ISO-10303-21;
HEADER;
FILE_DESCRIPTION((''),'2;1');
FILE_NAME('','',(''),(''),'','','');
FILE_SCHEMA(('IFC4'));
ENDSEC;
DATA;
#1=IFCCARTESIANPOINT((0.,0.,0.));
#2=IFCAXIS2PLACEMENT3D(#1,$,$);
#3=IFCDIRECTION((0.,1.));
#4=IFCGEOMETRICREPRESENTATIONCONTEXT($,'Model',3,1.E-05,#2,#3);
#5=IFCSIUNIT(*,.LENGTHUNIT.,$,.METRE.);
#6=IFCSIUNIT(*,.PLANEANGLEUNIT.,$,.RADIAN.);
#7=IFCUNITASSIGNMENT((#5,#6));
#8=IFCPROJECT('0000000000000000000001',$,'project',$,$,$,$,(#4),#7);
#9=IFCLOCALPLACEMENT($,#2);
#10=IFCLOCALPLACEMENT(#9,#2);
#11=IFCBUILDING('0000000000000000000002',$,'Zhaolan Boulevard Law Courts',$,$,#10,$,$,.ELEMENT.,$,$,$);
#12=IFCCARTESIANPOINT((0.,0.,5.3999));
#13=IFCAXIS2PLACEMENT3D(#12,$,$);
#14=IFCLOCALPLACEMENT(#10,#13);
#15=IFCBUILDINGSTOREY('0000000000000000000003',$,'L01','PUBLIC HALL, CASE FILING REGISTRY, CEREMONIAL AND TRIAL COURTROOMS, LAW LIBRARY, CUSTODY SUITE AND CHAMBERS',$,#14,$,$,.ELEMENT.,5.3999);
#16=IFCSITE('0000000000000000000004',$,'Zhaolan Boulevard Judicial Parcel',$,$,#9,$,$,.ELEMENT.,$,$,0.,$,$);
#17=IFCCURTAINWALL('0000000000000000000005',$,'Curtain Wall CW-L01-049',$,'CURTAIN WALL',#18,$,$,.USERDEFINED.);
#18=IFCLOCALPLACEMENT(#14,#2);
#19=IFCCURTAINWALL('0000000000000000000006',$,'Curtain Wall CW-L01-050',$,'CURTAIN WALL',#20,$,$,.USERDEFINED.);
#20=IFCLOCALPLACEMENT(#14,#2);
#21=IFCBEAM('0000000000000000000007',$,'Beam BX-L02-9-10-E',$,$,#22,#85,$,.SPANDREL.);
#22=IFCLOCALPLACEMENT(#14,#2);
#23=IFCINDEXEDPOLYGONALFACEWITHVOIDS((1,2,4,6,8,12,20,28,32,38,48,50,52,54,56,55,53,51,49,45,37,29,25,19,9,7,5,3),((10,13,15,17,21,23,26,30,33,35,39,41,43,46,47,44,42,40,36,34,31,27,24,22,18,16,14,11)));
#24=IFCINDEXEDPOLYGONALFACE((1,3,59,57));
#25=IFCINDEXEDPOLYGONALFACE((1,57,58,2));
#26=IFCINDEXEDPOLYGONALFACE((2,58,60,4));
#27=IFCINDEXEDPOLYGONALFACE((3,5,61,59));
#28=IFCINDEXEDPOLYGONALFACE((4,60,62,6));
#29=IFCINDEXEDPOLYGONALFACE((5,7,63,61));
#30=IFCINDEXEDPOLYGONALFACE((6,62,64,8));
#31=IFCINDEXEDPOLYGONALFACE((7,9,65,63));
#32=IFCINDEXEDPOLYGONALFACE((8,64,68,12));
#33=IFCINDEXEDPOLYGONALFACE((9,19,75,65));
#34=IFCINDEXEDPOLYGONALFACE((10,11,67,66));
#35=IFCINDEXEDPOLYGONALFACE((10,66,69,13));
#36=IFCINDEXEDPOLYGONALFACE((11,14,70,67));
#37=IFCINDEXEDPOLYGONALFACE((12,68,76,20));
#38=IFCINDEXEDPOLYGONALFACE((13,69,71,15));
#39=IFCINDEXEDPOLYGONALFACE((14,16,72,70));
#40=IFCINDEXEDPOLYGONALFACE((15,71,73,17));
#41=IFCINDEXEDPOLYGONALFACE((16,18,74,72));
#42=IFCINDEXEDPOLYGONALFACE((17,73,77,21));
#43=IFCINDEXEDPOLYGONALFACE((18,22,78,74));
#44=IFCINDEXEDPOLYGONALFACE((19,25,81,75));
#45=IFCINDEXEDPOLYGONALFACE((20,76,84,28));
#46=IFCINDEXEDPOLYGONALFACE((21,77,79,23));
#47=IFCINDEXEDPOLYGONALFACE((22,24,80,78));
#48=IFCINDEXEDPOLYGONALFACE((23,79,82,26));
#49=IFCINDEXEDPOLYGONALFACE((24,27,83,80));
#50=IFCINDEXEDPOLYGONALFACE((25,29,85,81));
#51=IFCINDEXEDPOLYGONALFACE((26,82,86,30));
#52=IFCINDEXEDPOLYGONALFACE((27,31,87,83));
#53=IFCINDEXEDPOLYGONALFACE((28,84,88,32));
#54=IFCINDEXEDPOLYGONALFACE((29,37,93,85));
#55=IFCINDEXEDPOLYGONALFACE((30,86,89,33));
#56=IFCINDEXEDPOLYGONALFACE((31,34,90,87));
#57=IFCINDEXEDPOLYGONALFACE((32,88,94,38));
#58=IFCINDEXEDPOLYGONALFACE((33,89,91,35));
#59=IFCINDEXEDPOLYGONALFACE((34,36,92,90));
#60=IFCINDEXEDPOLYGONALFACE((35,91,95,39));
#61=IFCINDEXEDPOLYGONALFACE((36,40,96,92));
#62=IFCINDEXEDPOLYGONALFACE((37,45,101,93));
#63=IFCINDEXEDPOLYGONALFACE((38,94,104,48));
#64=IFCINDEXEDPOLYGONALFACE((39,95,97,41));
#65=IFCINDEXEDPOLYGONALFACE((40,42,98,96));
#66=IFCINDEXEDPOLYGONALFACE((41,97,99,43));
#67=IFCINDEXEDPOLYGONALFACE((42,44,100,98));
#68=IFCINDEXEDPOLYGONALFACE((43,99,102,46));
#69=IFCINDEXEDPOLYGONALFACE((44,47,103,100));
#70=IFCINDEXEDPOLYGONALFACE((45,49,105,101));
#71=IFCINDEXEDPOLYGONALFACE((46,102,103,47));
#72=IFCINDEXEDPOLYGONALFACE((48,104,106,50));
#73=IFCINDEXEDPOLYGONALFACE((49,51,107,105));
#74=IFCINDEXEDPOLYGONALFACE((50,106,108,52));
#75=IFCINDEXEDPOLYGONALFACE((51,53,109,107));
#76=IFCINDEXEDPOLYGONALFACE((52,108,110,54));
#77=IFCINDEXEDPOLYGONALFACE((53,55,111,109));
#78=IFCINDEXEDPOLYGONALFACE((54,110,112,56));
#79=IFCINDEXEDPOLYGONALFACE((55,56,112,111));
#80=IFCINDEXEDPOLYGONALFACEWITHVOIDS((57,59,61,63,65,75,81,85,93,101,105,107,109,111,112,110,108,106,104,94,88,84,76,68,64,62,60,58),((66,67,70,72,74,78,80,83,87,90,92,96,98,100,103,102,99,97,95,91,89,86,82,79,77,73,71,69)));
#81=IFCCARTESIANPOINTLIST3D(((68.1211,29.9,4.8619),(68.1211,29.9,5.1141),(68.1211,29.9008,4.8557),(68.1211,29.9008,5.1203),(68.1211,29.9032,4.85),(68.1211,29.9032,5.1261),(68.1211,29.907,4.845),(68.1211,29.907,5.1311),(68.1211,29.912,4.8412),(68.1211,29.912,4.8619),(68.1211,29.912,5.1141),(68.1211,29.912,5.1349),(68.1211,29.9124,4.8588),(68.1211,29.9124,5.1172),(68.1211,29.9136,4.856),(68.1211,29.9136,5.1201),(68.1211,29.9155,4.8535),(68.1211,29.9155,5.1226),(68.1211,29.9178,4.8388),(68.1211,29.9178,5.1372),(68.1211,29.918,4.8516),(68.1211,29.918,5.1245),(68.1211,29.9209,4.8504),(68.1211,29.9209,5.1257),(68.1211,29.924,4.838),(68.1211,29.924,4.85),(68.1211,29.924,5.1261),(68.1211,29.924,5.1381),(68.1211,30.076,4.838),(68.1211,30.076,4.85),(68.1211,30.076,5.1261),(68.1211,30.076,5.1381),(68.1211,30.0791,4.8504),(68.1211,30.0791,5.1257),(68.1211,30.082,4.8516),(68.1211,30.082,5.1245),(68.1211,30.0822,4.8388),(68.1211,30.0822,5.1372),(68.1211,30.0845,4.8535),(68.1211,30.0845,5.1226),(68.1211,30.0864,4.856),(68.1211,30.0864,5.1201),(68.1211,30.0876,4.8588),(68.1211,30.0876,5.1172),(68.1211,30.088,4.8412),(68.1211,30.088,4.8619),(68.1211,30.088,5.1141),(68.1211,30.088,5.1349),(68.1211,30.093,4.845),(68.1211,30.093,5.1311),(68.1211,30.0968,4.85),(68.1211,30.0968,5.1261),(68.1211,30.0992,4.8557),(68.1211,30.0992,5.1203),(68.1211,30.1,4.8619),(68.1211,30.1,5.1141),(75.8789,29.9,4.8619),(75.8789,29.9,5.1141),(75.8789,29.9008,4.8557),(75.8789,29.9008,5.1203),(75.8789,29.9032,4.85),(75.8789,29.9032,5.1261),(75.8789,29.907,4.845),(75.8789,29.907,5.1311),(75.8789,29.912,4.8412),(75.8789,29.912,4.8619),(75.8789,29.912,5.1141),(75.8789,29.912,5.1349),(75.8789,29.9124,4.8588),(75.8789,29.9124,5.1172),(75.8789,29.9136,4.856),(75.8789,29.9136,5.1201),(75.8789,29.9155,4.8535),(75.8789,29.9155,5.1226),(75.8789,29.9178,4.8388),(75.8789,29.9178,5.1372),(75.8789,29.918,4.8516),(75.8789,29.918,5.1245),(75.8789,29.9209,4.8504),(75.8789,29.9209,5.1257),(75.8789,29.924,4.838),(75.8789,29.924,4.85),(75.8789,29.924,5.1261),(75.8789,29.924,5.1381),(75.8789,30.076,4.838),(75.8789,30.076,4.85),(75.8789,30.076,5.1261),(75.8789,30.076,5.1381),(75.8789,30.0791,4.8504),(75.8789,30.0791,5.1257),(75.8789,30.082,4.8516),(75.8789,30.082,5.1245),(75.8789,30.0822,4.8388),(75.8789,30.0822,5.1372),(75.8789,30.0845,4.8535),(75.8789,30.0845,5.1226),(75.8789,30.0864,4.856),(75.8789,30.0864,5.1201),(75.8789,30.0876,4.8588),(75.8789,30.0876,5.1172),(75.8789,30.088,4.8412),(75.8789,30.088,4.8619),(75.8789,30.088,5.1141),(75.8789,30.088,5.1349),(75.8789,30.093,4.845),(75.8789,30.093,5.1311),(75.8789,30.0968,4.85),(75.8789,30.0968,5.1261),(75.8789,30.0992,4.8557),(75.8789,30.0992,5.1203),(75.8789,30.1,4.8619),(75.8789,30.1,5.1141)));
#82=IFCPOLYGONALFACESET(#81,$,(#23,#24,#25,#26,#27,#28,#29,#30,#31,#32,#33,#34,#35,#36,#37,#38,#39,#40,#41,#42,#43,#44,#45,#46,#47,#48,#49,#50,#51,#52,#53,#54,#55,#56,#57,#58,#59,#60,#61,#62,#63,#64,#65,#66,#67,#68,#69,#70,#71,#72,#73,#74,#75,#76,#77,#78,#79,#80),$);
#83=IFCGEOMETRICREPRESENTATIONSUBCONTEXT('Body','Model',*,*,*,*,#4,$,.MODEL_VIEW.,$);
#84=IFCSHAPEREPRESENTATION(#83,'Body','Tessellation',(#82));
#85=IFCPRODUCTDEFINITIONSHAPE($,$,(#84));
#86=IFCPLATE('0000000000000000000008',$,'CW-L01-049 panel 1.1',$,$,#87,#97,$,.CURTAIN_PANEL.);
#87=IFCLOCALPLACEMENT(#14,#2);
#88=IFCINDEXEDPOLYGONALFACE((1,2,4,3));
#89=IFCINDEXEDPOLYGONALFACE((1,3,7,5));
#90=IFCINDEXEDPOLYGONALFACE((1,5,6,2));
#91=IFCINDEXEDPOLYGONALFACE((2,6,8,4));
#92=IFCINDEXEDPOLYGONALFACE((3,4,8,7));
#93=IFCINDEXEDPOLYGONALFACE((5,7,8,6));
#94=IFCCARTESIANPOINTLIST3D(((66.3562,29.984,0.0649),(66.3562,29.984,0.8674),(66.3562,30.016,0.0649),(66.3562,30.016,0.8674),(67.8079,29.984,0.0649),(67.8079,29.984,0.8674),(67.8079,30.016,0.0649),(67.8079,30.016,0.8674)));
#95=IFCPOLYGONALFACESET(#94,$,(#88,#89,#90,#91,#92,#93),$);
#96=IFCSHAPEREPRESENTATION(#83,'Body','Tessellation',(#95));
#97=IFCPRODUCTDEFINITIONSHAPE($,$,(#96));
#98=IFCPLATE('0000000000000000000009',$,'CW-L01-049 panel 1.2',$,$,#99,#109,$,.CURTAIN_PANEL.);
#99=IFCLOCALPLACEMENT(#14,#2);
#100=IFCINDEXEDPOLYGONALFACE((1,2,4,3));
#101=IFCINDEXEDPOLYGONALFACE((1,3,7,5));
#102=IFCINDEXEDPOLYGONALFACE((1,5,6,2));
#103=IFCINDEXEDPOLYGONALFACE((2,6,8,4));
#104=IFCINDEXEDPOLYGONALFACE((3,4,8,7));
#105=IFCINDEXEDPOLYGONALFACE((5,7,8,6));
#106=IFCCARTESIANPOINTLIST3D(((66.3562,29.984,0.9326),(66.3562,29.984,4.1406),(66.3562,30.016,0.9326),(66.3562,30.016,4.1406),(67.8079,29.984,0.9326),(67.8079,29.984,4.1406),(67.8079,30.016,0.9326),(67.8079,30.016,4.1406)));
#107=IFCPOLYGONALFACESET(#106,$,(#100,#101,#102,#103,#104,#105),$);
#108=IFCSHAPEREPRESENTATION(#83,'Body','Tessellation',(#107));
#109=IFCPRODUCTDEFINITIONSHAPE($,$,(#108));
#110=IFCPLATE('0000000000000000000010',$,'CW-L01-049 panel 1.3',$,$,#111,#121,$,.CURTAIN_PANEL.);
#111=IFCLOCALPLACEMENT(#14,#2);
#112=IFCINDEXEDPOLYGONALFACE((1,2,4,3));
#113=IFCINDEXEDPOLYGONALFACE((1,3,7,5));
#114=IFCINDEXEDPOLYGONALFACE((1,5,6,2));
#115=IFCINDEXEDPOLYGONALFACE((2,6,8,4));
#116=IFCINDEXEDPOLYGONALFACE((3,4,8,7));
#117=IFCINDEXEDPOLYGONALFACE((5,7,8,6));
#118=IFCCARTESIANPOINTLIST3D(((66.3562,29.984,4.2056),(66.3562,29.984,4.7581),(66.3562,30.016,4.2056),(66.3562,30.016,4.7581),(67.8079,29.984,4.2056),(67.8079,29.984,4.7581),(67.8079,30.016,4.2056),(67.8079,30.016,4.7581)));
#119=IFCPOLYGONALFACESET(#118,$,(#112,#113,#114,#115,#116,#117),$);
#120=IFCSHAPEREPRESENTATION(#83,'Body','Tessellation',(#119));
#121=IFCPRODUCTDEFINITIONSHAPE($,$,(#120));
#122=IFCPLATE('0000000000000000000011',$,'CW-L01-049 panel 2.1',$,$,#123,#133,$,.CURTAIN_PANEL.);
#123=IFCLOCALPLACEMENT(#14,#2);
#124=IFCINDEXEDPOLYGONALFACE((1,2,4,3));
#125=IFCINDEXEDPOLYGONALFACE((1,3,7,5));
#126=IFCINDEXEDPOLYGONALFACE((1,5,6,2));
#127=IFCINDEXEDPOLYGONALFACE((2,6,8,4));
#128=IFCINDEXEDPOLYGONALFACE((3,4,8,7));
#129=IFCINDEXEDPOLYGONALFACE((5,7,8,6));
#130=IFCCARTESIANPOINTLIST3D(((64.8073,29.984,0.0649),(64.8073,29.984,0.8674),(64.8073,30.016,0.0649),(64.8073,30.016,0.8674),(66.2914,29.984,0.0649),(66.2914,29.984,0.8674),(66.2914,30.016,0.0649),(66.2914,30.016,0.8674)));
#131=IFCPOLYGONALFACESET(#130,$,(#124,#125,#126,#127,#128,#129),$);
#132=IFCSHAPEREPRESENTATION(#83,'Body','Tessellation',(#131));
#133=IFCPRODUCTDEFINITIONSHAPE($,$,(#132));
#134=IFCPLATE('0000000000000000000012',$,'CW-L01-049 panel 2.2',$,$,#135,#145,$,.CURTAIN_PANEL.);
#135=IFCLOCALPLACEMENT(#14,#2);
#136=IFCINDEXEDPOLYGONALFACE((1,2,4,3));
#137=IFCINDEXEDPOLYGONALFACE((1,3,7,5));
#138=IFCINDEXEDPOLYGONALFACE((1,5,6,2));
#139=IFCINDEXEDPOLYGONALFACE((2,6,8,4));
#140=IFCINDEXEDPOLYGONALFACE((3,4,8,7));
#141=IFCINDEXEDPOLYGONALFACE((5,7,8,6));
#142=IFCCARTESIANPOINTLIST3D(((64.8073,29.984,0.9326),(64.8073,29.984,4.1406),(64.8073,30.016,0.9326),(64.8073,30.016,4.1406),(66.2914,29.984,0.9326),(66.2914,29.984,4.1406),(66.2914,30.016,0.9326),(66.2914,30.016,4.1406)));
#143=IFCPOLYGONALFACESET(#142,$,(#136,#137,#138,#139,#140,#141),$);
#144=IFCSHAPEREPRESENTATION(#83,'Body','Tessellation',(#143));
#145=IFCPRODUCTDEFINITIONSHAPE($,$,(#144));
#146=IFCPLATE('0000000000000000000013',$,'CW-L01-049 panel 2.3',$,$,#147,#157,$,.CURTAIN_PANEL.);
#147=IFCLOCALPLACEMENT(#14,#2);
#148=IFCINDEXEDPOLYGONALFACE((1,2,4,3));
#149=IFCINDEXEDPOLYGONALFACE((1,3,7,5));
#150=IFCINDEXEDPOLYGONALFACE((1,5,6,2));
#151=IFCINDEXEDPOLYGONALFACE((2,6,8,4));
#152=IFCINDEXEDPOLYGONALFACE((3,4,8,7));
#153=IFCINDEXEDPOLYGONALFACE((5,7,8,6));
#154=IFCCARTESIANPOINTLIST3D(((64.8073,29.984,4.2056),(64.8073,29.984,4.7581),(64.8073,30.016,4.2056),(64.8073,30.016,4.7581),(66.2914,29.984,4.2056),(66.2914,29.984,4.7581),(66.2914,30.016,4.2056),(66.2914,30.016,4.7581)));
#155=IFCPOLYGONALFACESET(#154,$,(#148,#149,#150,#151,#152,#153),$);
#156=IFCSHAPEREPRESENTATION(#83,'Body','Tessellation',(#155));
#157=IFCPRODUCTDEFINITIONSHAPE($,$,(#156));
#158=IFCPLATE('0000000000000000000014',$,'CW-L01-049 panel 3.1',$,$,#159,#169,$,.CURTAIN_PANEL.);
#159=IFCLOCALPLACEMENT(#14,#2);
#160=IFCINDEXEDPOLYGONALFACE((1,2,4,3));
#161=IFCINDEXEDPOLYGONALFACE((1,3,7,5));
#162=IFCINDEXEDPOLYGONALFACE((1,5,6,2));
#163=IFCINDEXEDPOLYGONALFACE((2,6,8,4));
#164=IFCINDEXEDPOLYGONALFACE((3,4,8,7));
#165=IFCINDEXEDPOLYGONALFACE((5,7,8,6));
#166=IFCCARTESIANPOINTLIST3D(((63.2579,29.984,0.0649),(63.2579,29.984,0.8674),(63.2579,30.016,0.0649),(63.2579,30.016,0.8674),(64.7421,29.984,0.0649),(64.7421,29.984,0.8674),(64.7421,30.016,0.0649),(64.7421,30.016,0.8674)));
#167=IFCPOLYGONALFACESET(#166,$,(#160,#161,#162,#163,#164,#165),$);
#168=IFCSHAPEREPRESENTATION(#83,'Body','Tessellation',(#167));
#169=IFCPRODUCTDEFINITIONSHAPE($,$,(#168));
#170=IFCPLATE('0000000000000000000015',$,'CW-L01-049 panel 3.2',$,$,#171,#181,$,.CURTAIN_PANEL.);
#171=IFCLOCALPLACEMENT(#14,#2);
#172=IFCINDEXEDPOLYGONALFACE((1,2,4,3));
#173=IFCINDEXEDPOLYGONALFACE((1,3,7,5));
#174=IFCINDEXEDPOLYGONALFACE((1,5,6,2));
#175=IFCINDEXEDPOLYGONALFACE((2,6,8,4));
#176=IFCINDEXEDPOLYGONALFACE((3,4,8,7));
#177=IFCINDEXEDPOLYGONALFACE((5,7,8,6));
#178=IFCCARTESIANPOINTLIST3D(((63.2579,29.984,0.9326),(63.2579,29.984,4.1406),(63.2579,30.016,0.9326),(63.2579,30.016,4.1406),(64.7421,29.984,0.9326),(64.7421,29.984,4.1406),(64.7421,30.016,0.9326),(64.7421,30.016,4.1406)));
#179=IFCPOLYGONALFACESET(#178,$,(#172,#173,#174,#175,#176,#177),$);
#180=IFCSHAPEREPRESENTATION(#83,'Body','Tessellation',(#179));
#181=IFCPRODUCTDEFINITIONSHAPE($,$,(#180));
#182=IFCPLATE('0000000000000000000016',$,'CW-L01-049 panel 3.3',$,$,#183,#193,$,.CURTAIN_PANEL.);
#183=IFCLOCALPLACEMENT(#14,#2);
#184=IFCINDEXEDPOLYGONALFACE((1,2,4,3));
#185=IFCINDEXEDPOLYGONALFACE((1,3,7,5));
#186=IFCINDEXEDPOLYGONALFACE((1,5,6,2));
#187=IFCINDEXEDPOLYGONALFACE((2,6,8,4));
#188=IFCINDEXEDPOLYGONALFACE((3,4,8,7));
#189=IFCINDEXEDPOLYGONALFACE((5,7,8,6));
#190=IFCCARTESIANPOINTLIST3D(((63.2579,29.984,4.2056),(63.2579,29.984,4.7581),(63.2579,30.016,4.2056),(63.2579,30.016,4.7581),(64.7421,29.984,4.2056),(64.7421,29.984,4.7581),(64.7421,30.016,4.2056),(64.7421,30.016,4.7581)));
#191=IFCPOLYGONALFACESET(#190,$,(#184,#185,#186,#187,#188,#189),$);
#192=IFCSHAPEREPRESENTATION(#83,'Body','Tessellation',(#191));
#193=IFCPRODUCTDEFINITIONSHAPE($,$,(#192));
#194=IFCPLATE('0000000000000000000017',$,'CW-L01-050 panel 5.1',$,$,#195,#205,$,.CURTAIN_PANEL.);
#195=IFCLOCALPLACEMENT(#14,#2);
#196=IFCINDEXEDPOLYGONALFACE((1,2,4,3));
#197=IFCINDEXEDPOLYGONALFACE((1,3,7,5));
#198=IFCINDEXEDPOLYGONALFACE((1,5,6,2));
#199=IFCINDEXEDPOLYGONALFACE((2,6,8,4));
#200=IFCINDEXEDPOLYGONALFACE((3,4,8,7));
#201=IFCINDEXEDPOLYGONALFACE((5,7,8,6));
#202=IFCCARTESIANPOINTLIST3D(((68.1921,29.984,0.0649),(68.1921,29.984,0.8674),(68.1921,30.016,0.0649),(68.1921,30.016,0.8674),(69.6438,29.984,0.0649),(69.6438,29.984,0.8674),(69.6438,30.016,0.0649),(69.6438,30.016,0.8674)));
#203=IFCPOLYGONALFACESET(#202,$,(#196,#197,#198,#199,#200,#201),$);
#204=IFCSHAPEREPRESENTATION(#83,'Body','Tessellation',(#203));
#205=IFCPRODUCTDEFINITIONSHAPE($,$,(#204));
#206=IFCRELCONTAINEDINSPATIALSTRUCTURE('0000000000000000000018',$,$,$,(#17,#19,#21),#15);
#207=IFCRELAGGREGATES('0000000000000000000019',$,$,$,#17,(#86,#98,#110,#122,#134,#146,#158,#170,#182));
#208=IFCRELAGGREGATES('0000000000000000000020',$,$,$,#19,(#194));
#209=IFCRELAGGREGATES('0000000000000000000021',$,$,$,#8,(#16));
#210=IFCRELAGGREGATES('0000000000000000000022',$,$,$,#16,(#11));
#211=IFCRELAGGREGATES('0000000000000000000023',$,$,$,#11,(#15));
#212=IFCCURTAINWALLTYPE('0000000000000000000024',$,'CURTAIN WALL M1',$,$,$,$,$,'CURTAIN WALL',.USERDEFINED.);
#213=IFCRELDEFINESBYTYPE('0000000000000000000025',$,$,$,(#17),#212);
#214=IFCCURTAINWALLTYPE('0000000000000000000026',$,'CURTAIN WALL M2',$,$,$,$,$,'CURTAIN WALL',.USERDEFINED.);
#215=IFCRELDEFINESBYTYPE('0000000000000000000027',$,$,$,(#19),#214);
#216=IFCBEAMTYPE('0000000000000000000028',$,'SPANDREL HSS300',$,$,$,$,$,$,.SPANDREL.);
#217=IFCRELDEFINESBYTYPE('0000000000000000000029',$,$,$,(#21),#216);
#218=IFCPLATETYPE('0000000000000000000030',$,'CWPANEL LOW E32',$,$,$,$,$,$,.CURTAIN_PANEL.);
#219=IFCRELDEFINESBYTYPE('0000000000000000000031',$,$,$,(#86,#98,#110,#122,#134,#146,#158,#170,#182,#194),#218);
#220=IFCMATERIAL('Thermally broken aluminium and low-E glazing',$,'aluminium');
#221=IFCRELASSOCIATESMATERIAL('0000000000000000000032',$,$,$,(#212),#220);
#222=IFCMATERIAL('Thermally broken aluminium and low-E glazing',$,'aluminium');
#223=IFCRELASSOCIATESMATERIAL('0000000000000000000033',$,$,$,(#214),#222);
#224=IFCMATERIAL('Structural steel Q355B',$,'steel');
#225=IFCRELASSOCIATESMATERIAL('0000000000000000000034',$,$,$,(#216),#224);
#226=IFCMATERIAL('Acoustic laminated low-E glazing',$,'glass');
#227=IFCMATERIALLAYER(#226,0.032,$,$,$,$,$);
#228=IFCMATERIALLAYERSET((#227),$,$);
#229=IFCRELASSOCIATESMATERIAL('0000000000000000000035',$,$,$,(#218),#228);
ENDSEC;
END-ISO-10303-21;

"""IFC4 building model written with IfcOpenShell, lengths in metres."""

from ifc_helpers import new_model, si_unit, direction, frame, origin, origin_2d, place, context, subcontext, project, spatial, rectangle, hollow_rectangle, extrude, material, layer, layer_set, material_profile, profile_set, type_object, element, aggregate, save


model = new_model("IFC4")

# Units and contexts
model_context = context("Model", 3, precision=1e-05, world=origin(), true_north=direction((0.0, 1.0)))
body_context = subcontext(model_context, "Body", "Model", "MODEL_VIEW")
ifc_project = project(units=[si_unit("LENGTHUNIT", "METRE"), si_unit("PLANEANGLEUNIT", "RADIAN")], contexts=[model_context])

# Site, building, storey
site_placement = place(None, origin())
site = spatial("IfcSite", under=ifc_project, at=site_placement, Name="Zhaolan Boulevard Judicial Parcel", CompositionType="ELEMENT", RefElevation=0.0)
building_placement = place(site_placement, origin())
building = spatial("IfcBuilding", under=site, at=building_placement, Name="Zhaolan Boulevard Law Courts", CompositionType="ELEMENT")
storey_placement = place(building_placement, frame((0.0, 0.0, 5.3999)))
storey = spatial("IfcBuildingStorey", under=building, at=storey_placement, Name="L01", Description="PUBLIC HALL, CASE FILING REGISTRY, CEREMONIAL AND TRIAL COURTROOMS, LAW LIBRARY, CUSTODY SUITE AND CHAMBERS", CompositionType="ELEMENT", Elevation=5.3999)

# Curtain walls
ifc_material_1 = material(Name="Thermally broken aluminium and low-E glazing", Category="aluminium")
curtain_wall_type_1 = type_object("IfcCurtainWallType", Name="CURTAIN WALL M1", ElementType="CURTAIN WALL", PredefinedType="USERDEFINED", material=ifc_material_1)
curtain_wall_1_placement = place(storey_placement, origin())
curtain_wall_1 = element("IfcCurtainWall", 1, at=curtain_wall_1_placement, inside=storey, type_object=curtain_wall_type_1, Name="Curtain Wall CW-L01-049", ObjectType="CURTAIN WALL", PredefinedType="USERDEFINED")
ifc_material_2 = material(Name="Thermally broken aluminium and low-E glazing", Category="aluminium")
curtain_wall_type_2 = type_object("IfcCurtainWallType", Name="CURTAIN WALL M2", ElementType="CURTAIN WALL", PredefinedType="USERDEFINED", material=ifc_material_2)
curtain_wall_2_placement = place(storey_placement, origin())
curtain_wall_2 = element("IfcCurtainWall", 2, at=curtain_wall_2_placement, inside=storey, type_object=curtain_wall_type_2, Name="Curtain Wall CW-L01-050", ObjectType="CURTAIN WALL", PredefinedType="USERDEFINED")

# Beam
ifc_material_3 = material(Name="Structural steel Q355B", Category="steel")
ifc_material_profile_1 = material_profile(ifc_material_3, hollow_rectangle(XDim=0.2, YDim=0.3, WallThickness=0.012, InnerFilletRadius=0.012, OuterFilletRadius=0.0239, at=origin_2d()), Name="HSS300x200x12")
ifc_profile_set_1 = profile_set([ifc_material_profile_1], Name="Structural steel Q355B")
beam_type = type_object("IfcBeamType", Name="SPANDREL HSS300", PredefinedType="SPANDREL", material=ifc_profile_set_1)
beam_placement = place(storey_placement, frame((68.1211, 30.0, 4.988), z_axis=(1.0, 0.0, 0.0), x_axis=(0.0, 1.0, 0.0)))
element("IfcBeam", 3, at=beam_placement, inside=storey, type_object=beam_type, Name="Beam BX-L02-9-10-E", PredefinedType="SPANDREL", context=body_context, shape_type="SweptSolid", body=[
    extrude(hollow_rectangle(XDim=0.2, YDim=0.3, WallThickness=0.012, InnerFilletRadius=0.012, OuterFilletRadius=0.0239, at=origin_2d()), origin(), (0.0, 0.0, 1.0), 7.7578),
])

# Plates
ifc_material_4 = material(Name="Acoustic laminated low-E glazing", Category="glass")
ifc_layer_1 = layer(ifc_material_4, 0.032)
ifc_layer_set_1 = layer_set([ifc_layer_1])
plate_type_1 = type_object("IfcPlateType", Name="CWPANEL LOW E32", PredefinedType="CURTAIN_PANEL", material=ifc_layer_set_1)
plate_1_placement = place(storey_placement, frame((67.082, 30.0, 0.0649), z_axis=(0.0, 0.0, 1.0), x_axis=(-1.0, 0.0, 0.0)))
plate_1 = element("IfcPlate", 4, at=plate_1_placement, type_object=plate_type_1, Name="CW-L01-049 panel 1.1", PredefinedType="CURTAIN_PANEL", context=body_context, shape_type="SweptSolid", body=[
    extrude(rectangle(XDim=1.4517, YDim=0.032, at=origin_2d()), origin(), (0.0, 0.0, 1.0), 0.8025),
])
plate_2_placement = place(storey_placement, frame((67.082, 30.0, 0.9326), z_axis=(0.0, 0.0, 1.0), x_axis=(-1.0, 0.0, 0.0)))
plate_2 = element("IfcPlate", 5, at=plate_2_placement, type_object=plate_type_1, Name="CW-L01-049 panel 1.2", PredefinedType="CURTAIN_PANEL", context=body_context, shape_type="SweptSolid", body=[
    extrude(rectangle(XDim=1.4517, YDim=0.032, at=origin_2d()), origin(), (0.0, 0.0, 1.0), 3.208),
])
plate_3_placement = place(storey_placement, frame((67.082, 30.0, 4.2056), z_axis=(0.0, 0.0, 1.0), x_axis=(-1.0, 0.0, 0.0)))
plate_3 = element("IfcPlate", 6, at=plate_3_placement, type_object=plate_type_1, Name="CW-L01-049 panel 1.3", PredefinedType="CURTAIN_PANEL", context=body_context, shape_type="SweptSolid", body=[
    extrude(rectangle(XDim=1.4517, YDim=0.032, at=origin_2d()), origin(), (0.0, 0.0, 1.0), 0.5525),
])
plate_4_placement = place(storey_placement, frame((65.5493, 30.0, 0.0649), z_axis=(0.0, 0.0, 1.0), x_axis=(-1.0, 0.0, 0.0)))
plate_4 = element("IfcPlate", 7, at=plate_4_placement, type_object=plate_type_1, Name="CW-L01-049 panel 2.1", PredefinedType="CURTAIN_PANEL", context=body_context, shape_type="SweptSolid", body=[
    extrude(rectangle(XDim=1.4841, YDim=0.032, at=origin_2d()), origin(), (0.0, 0.0, 1.0), 0.8025),
])
plate_5_placement = place(storey_placement, frame((65.5493, 30.0, 0.9326), z_axis=(0.0, 0.0, 1.0), x_axis=(-1.0, 0.0, 0.0)))
plate_5 = element("IfcPlate", 8, at=plate_5_placement, type_object=plate_type_1, Name="CW-L01-049 panel 2.2", PredefinedType="CURTAIN_PANEL", context=body_context, shape_type="SweptSolid", body=[
    extrude(rectangle(XDim=1.4841, YDim=0.032, at=origin_2d()), origin(), (0.0, 0.0, 1.0), 3.208),
])
plate_6_placement = place(storey_placement, frame((65.5493, 30.0, 4.2056), z_axis=(0.0, 0.0, 1.0), x_axis=(-1.0, 0.0, 0.0)))
plate_6 = element("IfcPlate", 9, at=plate_6_placement, type_object=plate_type_1, Name="CW-L01-049 panel 2.3", PredefinedType="CURTAIN_PANEL", context=body_context, shape_type="SweptSolid", body=[
    extrude(rectangle(XDim=1.4841, YDim=0.032, at=origin_2d()), origin(), (0.0, 0.0, 1.0), 0.5525),
])
plate_7_placement = place(storey_placement, frame((64.0, 30.0, 0.0649), z_axis=(0.0, 0.0, 1.0), x_axis=(-1.0, 0.0, 0.0)))
plate_7 = element("IfcPlate", 10, at=plate_7_placement, type_object=plate_type_1, Name="CW-L01-049 panel 3.1", PredefinedType="CURTAIN_PANEL", context=body_context, shape_type="SweptSolid", body=[
    extrude(rectangle(XDim=1.4841, YDim=0.032, at=origin_2d()), origin(), (0.0, 0.0, 1.0), 0.8025),
])
plate_8_placement = place(storey_placement, frame((64.0, 30.0, 0.9326), z_axis=(0.0, 0.0, 1.0), x_axis=(-1.0, 0.0, 0.0)))
plate_8 = element("IfcPlate", 11, at=plate_8_placement, type_object=plate_type_1, Name="CW-L01-049 panel 3.2", PredefinedType="CURTAIN_PANEL", context=body_context, shape_type="SweptSolid", body=[
    extrude(rectangle(XDim=1.4841, YDim=0.032, at=origin_2d()), origin(), (0.0, 0.0, 1.0), 3.208),
])
plate_9_placement = place(storey_placement, frame((64.0, 30.0, 4.2056), z_axis=(0.0, 0.0, 1.0), x_axis=(-1.0, 0.0, 0.0)))
plate_9 = element("IfcPlate", 12, at=plate_9_placement, type_object=plate_type_1, Name="CW-L01-049 panel 3.3", PredefinedType="CURTAIN_PANEL", context=body_context, shape_type="SweptSolid", body=[
    extrude(rectangle(XDim=1.4841, YDim=0.032, at=origin_2d()), origin(), (0.0, 0.0, 1.0), 0.5525),
])
aggregate(curtain_wall_1, [plate_1, plate_2, plate_3, plate_4, plate_5, plate_6, plate_7, plate_8, plate_9])
plate_10_placement = place(storey_placement, frame((68.918, 30.0, 0.0649), z_axis=(0.0, 0.0, 1.0), x_axis=(-1.0, 0.0, 0.0)))
plate_10 = element("IfcPlate", 13, at=plate_10_placement, type_object=plate_type_1, Name="CW-L01-050 panel 5.1", PredefinedType="CURTAIN_PANEL", context=body_context, shape_type="SweptSolid", body=[
    extrude(rectangle(XDim=1.4517, YDim=0.032, at=origin_2d()), origin(), (0.0, 0.0, 1.0), 0.8025),
])
aggregate(curtain_wall_2, [plate_10])

save(model, "model.ifc")
